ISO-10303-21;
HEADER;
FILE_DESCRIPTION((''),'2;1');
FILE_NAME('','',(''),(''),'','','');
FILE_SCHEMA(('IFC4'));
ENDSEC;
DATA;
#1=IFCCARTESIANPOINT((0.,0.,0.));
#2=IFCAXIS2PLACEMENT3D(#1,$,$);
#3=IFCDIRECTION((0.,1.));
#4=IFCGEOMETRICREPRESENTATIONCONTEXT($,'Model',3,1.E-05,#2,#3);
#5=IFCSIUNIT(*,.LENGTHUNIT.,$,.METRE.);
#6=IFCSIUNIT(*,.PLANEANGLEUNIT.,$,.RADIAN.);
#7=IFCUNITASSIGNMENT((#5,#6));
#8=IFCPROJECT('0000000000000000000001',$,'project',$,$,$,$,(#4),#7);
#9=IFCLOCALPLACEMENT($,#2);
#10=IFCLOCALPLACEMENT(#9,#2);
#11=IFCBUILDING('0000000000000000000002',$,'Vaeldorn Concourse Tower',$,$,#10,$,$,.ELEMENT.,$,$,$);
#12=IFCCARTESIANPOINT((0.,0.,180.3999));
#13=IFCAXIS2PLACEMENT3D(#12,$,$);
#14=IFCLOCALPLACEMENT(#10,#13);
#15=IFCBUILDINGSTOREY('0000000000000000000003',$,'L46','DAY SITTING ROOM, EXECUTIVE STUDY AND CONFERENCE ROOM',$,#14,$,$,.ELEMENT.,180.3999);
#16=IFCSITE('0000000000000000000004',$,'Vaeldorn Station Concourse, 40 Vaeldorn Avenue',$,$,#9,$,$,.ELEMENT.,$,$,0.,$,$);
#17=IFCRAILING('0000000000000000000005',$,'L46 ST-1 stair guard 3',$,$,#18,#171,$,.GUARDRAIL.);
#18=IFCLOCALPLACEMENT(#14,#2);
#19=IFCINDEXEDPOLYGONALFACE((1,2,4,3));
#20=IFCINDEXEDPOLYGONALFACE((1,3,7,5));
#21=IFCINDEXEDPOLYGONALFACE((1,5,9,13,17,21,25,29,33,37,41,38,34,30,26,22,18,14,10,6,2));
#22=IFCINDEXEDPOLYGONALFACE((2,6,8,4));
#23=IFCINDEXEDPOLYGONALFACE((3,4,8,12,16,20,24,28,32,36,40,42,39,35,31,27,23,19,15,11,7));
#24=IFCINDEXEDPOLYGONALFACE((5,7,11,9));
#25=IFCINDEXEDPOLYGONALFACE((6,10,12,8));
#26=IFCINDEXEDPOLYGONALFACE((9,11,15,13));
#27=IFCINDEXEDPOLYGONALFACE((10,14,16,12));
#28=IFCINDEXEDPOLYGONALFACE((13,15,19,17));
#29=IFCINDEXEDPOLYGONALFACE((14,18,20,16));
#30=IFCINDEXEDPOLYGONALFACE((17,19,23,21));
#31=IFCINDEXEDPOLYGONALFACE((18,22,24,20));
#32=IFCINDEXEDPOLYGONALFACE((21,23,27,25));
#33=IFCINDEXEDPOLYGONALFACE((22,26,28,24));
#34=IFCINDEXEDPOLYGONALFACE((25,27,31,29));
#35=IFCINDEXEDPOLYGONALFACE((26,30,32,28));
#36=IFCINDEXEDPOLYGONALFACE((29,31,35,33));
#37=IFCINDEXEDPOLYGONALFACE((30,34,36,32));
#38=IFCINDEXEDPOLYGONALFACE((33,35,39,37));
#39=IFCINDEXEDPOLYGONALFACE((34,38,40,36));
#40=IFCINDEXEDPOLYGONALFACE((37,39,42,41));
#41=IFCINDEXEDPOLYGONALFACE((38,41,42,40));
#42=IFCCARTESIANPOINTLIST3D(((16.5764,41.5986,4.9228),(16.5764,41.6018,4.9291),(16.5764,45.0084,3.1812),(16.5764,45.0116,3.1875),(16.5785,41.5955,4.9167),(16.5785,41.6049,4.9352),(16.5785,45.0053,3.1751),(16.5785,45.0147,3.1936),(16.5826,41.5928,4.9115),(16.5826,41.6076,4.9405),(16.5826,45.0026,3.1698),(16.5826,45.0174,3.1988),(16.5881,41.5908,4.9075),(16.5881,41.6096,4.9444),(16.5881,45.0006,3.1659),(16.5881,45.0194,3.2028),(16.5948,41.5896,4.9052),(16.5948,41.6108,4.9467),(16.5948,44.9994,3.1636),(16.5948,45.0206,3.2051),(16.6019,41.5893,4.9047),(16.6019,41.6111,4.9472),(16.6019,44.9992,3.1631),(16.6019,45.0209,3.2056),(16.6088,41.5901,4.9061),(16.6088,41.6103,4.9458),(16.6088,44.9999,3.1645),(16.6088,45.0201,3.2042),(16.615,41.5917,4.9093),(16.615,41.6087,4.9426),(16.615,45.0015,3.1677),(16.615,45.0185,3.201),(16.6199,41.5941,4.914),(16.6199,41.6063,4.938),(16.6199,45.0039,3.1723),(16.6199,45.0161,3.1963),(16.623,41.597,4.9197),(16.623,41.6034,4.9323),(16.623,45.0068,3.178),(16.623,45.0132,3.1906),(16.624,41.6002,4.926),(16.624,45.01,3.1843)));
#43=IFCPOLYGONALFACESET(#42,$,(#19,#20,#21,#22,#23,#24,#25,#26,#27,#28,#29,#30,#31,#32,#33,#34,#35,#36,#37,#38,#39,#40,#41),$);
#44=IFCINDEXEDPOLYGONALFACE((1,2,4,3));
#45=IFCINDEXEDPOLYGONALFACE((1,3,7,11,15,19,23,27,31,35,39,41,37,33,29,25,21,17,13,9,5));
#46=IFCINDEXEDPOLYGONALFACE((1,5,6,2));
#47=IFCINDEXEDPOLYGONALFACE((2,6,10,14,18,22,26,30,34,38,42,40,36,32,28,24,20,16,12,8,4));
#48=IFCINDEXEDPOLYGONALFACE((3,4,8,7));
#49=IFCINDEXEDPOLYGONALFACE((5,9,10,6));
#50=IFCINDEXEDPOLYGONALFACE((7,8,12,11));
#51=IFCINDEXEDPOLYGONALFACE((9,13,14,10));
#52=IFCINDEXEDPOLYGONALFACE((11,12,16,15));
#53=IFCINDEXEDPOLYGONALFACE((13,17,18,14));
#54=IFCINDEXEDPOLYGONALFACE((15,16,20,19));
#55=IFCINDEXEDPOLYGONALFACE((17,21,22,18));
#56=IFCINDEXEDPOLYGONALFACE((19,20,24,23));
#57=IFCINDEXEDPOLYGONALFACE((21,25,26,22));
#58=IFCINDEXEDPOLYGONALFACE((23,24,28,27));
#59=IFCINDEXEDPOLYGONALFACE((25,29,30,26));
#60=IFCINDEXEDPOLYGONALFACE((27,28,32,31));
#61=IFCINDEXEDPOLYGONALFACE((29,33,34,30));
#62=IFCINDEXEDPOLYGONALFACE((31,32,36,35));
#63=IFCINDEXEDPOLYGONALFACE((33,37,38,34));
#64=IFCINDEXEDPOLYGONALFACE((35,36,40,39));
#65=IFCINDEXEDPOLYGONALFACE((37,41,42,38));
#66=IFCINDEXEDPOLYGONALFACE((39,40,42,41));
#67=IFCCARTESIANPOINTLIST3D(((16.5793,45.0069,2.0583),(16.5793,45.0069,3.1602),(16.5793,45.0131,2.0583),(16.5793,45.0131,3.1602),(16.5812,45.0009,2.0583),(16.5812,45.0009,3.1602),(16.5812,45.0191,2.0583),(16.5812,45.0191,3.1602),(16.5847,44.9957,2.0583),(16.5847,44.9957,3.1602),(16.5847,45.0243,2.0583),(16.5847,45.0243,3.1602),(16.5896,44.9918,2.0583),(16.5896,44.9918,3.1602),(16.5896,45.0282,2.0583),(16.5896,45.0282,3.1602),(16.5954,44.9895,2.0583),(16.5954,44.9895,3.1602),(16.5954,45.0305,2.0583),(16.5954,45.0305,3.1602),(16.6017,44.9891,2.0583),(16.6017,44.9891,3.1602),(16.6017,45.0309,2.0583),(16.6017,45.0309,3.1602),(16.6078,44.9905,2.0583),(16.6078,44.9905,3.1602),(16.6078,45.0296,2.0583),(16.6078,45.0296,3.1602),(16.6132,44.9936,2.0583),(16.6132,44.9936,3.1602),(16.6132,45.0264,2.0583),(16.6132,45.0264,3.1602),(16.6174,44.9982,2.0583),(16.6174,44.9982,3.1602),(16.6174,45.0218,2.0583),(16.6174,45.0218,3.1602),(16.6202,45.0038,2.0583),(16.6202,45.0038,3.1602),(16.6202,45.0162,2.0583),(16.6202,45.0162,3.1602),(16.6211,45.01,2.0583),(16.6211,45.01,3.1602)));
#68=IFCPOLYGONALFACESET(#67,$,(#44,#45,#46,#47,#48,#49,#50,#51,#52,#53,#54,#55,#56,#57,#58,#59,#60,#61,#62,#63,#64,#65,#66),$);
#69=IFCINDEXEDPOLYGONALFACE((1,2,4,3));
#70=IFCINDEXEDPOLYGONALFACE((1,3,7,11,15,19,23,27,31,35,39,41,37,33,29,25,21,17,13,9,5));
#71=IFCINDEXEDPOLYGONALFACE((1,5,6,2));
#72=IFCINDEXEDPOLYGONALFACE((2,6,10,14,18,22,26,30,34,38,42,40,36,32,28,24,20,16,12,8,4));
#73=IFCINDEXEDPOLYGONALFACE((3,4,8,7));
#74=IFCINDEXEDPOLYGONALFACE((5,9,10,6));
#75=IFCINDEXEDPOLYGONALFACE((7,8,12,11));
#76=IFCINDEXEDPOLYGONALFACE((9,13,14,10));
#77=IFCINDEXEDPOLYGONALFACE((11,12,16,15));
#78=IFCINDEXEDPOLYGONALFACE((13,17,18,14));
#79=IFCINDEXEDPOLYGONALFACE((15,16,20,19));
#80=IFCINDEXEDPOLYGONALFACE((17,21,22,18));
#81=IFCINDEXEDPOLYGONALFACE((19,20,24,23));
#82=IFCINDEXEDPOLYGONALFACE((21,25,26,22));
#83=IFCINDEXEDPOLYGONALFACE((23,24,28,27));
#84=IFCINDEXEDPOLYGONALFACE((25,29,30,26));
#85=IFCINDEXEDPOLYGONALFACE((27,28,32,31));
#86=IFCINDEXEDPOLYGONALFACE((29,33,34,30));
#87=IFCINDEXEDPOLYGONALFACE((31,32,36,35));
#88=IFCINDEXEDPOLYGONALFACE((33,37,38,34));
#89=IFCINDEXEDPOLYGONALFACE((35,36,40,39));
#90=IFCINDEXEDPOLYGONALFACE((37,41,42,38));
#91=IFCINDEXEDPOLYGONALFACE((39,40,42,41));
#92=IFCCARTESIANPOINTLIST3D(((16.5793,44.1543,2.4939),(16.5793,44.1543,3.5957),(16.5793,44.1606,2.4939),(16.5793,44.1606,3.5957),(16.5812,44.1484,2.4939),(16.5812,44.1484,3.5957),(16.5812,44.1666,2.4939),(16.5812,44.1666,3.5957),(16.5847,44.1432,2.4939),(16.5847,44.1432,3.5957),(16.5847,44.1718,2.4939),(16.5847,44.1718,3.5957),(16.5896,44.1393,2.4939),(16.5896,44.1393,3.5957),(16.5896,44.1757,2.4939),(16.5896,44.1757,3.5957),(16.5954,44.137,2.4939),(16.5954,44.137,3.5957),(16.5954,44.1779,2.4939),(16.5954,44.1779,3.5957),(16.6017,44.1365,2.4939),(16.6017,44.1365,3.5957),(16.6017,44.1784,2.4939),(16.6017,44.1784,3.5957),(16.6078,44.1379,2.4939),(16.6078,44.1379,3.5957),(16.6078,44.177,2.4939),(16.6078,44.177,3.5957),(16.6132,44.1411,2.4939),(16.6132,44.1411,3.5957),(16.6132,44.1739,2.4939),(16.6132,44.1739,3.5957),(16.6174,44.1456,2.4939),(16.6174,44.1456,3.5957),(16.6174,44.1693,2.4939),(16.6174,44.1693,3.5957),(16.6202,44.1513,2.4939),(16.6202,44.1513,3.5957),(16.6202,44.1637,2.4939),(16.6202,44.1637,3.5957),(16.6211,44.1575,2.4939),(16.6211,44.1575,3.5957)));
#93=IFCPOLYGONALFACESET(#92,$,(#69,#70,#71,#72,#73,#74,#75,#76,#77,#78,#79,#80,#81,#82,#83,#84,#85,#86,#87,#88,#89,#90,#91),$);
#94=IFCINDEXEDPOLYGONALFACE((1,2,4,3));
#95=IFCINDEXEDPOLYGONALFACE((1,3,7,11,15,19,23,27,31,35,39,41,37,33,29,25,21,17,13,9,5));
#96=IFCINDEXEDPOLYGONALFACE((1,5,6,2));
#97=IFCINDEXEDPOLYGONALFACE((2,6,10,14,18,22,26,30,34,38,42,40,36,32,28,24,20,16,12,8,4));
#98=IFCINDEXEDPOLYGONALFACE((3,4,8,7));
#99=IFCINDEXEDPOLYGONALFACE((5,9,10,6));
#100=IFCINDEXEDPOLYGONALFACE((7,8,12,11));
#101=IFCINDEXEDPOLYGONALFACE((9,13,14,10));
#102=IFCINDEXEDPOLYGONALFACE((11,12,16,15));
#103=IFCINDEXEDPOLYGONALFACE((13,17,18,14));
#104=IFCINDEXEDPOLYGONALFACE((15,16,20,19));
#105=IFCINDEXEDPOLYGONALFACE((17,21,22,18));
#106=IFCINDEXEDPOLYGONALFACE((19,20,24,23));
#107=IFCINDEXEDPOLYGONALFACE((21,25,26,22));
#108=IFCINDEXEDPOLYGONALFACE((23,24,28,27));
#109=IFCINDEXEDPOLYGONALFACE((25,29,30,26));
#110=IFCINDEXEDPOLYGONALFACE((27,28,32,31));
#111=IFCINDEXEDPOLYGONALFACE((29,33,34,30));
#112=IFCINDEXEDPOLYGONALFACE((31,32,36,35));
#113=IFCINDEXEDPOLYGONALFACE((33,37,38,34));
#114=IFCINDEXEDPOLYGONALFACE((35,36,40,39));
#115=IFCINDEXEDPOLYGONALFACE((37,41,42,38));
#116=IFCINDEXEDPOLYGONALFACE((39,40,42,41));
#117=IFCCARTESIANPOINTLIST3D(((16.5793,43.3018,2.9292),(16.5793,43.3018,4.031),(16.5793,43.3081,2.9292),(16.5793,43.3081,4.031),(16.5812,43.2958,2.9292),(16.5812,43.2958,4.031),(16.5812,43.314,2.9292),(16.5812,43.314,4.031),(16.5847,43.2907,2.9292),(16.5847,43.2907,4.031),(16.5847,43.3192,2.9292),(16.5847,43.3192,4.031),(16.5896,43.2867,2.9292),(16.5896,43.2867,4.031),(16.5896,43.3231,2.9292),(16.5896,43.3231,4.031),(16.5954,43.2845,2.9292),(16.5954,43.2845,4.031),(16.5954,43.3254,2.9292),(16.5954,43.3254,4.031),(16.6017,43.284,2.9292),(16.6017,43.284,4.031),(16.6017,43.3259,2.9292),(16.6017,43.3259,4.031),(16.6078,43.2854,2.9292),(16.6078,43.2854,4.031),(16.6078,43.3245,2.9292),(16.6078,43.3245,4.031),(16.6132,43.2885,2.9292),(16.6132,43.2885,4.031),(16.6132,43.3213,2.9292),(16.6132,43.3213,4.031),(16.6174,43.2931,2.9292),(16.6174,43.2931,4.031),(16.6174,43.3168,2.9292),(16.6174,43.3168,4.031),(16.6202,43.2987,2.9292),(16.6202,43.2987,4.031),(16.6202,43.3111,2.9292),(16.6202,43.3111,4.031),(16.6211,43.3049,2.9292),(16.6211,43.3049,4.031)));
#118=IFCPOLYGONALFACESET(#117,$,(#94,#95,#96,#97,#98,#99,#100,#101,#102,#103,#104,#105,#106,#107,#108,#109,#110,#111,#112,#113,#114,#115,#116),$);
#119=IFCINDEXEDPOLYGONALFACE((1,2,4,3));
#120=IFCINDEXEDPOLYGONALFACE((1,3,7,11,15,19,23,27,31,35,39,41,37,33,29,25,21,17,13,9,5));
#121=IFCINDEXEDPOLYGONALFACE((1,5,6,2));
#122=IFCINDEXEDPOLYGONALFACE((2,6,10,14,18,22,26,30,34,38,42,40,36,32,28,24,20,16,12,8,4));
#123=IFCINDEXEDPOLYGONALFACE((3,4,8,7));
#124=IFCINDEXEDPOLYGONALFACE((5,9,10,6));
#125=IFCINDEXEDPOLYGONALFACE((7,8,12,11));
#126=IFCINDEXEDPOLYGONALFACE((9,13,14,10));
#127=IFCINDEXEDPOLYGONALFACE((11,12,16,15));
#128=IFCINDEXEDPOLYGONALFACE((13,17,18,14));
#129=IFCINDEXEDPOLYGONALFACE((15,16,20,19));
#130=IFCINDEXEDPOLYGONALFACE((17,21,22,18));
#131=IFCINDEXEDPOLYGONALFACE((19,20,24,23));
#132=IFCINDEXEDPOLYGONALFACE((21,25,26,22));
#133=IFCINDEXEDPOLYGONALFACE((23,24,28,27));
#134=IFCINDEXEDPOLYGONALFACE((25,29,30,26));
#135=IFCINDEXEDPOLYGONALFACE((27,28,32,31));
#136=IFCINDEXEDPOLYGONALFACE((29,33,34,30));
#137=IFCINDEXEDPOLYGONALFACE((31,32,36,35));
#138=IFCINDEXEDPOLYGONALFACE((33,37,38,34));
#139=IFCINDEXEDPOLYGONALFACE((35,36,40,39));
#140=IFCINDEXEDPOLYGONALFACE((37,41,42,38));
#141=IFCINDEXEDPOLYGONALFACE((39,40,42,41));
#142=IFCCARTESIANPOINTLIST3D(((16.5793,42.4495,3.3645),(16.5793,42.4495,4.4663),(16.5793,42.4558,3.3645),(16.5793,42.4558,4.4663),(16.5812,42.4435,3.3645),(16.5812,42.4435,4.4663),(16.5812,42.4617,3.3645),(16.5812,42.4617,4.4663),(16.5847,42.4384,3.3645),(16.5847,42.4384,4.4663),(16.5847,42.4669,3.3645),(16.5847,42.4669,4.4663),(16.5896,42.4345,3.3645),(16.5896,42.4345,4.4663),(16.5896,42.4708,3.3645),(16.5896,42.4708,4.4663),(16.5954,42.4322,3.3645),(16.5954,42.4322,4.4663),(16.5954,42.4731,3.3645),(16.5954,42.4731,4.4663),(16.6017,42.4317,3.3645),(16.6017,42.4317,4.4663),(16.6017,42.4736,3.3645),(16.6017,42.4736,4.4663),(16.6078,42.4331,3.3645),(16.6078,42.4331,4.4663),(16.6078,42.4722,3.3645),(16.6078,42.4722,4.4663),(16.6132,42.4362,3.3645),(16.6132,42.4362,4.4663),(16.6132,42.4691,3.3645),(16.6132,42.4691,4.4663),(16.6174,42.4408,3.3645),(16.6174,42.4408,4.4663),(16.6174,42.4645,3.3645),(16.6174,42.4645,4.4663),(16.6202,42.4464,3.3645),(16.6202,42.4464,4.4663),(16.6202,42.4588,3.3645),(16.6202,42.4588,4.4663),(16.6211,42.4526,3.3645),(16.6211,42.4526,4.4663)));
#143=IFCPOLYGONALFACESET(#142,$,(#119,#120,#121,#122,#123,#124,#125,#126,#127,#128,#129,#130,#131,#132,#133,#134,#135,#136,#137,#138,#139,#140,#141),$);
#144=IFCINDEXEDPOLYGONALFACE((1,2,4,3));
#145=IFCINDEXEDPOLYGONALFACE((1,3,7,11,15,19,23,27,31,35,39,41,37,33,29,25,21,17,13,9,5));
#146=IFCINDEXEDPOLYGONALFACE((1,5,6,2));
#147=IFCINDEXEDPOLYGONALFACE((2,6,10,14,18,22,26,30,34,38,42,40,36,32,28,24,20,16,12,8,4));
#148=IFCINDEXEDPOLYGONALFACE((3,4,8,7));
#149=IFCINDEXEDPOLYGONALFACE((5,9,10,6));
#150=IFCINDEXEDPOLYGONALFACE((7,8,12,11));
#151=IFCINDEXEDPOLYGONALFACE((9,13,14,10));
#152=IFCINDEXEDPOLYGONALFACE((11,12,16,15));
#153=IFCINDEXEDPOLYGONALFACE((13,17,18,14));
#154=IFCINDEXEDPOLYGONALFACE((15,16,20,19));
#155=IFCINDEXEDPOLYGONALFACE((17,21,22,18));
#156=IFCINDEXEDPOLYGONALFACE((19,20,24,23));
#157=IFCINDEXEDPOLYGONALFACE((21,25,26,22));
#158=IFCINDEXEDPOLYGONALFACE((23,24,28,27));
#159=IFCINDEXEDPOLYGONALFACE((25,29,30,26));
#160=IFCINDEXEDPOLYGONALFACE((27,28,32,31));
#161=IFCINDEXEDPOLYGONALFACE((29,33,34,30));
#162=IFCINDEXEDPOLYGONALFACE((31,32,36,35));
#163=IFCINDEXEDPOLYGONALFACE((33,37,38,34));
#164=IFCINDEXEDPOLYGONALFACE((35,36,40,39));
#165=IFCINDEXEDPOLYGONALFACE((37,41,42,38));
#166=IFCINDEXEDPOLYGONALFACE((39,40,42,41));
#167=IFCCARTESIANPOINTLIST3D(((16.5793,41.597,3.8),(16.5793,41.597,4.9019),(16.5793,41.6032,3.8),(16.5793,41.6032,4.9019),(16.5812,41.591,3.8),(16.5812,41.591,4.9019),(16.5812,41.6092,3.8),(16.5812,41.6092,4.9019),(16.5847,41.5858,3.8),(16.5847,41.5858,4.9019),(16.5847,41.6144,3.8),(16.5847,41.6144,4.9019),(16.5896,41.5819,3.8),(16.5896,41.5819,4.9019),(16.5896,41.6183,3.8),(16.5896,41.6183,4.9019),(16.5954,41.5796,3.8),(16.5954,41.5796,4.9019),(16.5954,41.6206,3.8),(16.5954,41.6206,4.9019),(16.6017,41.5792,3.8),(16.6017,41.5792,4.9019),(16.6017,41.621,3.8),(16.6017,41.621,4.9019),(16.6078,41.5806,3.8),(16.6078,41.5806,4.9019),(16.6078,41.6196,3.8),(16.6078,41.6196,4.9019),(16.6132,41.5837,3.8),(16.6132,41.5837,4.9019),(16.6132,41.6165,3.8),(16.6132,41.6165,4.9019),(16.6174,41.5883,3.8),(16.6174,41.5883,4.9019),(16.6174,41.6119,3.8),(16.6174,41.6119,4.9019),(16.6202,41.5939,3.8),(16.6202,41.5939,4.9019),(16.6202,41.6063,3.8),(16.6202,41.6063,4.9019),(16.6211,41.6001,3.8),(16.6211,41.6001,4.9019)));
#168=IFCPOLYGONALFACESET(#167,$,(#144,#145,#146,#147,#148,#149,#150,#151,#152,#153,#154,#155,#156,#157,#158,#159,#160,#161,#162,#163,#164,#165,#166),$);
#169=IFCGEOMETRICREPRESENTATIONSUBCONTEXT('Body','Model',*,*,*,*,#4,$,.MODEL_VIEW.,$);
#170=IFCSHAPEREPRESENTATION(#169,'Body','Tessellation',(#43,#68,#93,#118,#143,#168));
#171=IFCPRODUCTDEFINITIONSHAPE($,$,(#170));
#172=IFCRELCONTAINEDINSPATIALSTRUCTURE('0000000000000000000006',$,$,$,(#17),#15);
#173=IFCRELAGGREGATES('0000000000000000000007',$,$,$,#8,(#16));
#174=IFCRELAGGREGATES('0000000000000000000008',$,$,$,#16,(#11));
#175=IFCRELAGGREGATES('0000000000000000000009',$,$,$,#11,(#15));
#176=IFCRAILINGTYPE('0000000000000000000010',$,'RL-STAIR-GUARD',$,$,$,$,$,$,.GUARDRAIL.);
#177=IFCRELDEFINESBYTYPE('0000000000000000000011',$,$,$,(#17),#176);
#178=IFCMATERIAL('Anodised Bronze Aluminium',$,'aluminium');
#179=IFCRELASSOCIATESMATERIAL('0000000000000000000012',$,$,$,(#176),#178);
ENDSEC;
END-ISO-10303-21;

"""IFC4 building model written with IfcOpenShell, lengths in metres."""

from ifc_helpers import new_model, si_unit, direction, frame, origin, origin_2d, place, context, subcontext, project, spatial, circle, extrude, material, type_object, element, save


model = new_model("IFC4")

# Units and contexts
model_context = context("Model", 3, precision=1e-05, world=origin(), true_north=direction((0.0, 1.0)))
body_context = subcontext(model_context, "Body", "Model", "MODEL_VIEW")
ifc_project = project(units=[si_unit("LENGTHUNIT", "METRE"), si_unit("PLANEANGLEUNIT", "RADIAN")], contexts=[model_context])

# Site, building, storey
site_placement = place(None, origin())
site = spatial("IfcSite", under=ifc_project, at=site_placement, Name="Vaeldorn Station Concourse, 40 Vaeldorn Avenue", CompositionType="ELEMENT", RefElevation=0.0)
building_placement = place(site_placement, origin())
building = spatial("IfcBuilding", under=site, at=building_placement, Name="Vaeldorn Concourse Tower", CompositionType="ELEMENT")
storey_placement = place(building_placement, frame((0.0, 0.0, 180.3999)))
storey = spatial("IfcBuildingStorey", under=building, at=storey_placement, Name="L46", Description="DAY SITTING ROOM, EXECUTIVE STUDY AND CONFERENCE ROOM", CompositionType="ELEMENT", Elevation=180.3999)

# Shared definitions
ifc_material_1 = material(Name="Anodised Bronze Aluminium", Category="aluminium")

# Railing
railing_type_1 = type_object("IfcRailingType", Name="RL-STAIR-GUARD", PredefinedType="GUARDRAIL", material=ifc_material_1)
railing_1_placement = place(storey_placement, frame((16.6001, 45.01, 2.0583)))
element("IfcRailing", 1, at=railing_1_placement, inside=storey, type_object=railing_type_1, Name="L46 ST-1 stair guard 3", PredefinedType="GUARDRAIL", context=body_context, shape_type="SweptSolid", body=[
    extrude(circle(Radius=0.0239, at=origin_2d()), frame((0.0, 0.0, 1.126), z_axis=(0.0, -0.890556, 0.454874), x_axis=(1.0, 0.0, 0.0)), (0.0, 0.0, 1.0), 3.8289),
    extrude(circle(Radius=0.021, at=origin_2d()), origin(), (0.0, 0.0, 1.0), 1.1018),
    extrude(circle(Radius=0.021, at=origin_2d()), frame((0.0, -0.8525, 0.4355)), (0.0, 0.0, 1.0), 1.1018),
    extrude(circle(Radius=0.021, at=origin_2d()), frame((0.0, -1.7051, 0.8708)), (0.0, 0.0, 1.0), 1.1018),
    extrude(circle(Radius=0.021, at=origin_2d()), frame((0.0, -2.5574, 1.3062)), (0.0, 0.0, 1.0), 1.1018),
    extrude(circle(Radius=0.021, at=origin_2d()), frame((0.0, -3.4099, 1.7417)), (0.0, 0.0, 1.0), 1.1018),
])

save(model, "model.ifc")
